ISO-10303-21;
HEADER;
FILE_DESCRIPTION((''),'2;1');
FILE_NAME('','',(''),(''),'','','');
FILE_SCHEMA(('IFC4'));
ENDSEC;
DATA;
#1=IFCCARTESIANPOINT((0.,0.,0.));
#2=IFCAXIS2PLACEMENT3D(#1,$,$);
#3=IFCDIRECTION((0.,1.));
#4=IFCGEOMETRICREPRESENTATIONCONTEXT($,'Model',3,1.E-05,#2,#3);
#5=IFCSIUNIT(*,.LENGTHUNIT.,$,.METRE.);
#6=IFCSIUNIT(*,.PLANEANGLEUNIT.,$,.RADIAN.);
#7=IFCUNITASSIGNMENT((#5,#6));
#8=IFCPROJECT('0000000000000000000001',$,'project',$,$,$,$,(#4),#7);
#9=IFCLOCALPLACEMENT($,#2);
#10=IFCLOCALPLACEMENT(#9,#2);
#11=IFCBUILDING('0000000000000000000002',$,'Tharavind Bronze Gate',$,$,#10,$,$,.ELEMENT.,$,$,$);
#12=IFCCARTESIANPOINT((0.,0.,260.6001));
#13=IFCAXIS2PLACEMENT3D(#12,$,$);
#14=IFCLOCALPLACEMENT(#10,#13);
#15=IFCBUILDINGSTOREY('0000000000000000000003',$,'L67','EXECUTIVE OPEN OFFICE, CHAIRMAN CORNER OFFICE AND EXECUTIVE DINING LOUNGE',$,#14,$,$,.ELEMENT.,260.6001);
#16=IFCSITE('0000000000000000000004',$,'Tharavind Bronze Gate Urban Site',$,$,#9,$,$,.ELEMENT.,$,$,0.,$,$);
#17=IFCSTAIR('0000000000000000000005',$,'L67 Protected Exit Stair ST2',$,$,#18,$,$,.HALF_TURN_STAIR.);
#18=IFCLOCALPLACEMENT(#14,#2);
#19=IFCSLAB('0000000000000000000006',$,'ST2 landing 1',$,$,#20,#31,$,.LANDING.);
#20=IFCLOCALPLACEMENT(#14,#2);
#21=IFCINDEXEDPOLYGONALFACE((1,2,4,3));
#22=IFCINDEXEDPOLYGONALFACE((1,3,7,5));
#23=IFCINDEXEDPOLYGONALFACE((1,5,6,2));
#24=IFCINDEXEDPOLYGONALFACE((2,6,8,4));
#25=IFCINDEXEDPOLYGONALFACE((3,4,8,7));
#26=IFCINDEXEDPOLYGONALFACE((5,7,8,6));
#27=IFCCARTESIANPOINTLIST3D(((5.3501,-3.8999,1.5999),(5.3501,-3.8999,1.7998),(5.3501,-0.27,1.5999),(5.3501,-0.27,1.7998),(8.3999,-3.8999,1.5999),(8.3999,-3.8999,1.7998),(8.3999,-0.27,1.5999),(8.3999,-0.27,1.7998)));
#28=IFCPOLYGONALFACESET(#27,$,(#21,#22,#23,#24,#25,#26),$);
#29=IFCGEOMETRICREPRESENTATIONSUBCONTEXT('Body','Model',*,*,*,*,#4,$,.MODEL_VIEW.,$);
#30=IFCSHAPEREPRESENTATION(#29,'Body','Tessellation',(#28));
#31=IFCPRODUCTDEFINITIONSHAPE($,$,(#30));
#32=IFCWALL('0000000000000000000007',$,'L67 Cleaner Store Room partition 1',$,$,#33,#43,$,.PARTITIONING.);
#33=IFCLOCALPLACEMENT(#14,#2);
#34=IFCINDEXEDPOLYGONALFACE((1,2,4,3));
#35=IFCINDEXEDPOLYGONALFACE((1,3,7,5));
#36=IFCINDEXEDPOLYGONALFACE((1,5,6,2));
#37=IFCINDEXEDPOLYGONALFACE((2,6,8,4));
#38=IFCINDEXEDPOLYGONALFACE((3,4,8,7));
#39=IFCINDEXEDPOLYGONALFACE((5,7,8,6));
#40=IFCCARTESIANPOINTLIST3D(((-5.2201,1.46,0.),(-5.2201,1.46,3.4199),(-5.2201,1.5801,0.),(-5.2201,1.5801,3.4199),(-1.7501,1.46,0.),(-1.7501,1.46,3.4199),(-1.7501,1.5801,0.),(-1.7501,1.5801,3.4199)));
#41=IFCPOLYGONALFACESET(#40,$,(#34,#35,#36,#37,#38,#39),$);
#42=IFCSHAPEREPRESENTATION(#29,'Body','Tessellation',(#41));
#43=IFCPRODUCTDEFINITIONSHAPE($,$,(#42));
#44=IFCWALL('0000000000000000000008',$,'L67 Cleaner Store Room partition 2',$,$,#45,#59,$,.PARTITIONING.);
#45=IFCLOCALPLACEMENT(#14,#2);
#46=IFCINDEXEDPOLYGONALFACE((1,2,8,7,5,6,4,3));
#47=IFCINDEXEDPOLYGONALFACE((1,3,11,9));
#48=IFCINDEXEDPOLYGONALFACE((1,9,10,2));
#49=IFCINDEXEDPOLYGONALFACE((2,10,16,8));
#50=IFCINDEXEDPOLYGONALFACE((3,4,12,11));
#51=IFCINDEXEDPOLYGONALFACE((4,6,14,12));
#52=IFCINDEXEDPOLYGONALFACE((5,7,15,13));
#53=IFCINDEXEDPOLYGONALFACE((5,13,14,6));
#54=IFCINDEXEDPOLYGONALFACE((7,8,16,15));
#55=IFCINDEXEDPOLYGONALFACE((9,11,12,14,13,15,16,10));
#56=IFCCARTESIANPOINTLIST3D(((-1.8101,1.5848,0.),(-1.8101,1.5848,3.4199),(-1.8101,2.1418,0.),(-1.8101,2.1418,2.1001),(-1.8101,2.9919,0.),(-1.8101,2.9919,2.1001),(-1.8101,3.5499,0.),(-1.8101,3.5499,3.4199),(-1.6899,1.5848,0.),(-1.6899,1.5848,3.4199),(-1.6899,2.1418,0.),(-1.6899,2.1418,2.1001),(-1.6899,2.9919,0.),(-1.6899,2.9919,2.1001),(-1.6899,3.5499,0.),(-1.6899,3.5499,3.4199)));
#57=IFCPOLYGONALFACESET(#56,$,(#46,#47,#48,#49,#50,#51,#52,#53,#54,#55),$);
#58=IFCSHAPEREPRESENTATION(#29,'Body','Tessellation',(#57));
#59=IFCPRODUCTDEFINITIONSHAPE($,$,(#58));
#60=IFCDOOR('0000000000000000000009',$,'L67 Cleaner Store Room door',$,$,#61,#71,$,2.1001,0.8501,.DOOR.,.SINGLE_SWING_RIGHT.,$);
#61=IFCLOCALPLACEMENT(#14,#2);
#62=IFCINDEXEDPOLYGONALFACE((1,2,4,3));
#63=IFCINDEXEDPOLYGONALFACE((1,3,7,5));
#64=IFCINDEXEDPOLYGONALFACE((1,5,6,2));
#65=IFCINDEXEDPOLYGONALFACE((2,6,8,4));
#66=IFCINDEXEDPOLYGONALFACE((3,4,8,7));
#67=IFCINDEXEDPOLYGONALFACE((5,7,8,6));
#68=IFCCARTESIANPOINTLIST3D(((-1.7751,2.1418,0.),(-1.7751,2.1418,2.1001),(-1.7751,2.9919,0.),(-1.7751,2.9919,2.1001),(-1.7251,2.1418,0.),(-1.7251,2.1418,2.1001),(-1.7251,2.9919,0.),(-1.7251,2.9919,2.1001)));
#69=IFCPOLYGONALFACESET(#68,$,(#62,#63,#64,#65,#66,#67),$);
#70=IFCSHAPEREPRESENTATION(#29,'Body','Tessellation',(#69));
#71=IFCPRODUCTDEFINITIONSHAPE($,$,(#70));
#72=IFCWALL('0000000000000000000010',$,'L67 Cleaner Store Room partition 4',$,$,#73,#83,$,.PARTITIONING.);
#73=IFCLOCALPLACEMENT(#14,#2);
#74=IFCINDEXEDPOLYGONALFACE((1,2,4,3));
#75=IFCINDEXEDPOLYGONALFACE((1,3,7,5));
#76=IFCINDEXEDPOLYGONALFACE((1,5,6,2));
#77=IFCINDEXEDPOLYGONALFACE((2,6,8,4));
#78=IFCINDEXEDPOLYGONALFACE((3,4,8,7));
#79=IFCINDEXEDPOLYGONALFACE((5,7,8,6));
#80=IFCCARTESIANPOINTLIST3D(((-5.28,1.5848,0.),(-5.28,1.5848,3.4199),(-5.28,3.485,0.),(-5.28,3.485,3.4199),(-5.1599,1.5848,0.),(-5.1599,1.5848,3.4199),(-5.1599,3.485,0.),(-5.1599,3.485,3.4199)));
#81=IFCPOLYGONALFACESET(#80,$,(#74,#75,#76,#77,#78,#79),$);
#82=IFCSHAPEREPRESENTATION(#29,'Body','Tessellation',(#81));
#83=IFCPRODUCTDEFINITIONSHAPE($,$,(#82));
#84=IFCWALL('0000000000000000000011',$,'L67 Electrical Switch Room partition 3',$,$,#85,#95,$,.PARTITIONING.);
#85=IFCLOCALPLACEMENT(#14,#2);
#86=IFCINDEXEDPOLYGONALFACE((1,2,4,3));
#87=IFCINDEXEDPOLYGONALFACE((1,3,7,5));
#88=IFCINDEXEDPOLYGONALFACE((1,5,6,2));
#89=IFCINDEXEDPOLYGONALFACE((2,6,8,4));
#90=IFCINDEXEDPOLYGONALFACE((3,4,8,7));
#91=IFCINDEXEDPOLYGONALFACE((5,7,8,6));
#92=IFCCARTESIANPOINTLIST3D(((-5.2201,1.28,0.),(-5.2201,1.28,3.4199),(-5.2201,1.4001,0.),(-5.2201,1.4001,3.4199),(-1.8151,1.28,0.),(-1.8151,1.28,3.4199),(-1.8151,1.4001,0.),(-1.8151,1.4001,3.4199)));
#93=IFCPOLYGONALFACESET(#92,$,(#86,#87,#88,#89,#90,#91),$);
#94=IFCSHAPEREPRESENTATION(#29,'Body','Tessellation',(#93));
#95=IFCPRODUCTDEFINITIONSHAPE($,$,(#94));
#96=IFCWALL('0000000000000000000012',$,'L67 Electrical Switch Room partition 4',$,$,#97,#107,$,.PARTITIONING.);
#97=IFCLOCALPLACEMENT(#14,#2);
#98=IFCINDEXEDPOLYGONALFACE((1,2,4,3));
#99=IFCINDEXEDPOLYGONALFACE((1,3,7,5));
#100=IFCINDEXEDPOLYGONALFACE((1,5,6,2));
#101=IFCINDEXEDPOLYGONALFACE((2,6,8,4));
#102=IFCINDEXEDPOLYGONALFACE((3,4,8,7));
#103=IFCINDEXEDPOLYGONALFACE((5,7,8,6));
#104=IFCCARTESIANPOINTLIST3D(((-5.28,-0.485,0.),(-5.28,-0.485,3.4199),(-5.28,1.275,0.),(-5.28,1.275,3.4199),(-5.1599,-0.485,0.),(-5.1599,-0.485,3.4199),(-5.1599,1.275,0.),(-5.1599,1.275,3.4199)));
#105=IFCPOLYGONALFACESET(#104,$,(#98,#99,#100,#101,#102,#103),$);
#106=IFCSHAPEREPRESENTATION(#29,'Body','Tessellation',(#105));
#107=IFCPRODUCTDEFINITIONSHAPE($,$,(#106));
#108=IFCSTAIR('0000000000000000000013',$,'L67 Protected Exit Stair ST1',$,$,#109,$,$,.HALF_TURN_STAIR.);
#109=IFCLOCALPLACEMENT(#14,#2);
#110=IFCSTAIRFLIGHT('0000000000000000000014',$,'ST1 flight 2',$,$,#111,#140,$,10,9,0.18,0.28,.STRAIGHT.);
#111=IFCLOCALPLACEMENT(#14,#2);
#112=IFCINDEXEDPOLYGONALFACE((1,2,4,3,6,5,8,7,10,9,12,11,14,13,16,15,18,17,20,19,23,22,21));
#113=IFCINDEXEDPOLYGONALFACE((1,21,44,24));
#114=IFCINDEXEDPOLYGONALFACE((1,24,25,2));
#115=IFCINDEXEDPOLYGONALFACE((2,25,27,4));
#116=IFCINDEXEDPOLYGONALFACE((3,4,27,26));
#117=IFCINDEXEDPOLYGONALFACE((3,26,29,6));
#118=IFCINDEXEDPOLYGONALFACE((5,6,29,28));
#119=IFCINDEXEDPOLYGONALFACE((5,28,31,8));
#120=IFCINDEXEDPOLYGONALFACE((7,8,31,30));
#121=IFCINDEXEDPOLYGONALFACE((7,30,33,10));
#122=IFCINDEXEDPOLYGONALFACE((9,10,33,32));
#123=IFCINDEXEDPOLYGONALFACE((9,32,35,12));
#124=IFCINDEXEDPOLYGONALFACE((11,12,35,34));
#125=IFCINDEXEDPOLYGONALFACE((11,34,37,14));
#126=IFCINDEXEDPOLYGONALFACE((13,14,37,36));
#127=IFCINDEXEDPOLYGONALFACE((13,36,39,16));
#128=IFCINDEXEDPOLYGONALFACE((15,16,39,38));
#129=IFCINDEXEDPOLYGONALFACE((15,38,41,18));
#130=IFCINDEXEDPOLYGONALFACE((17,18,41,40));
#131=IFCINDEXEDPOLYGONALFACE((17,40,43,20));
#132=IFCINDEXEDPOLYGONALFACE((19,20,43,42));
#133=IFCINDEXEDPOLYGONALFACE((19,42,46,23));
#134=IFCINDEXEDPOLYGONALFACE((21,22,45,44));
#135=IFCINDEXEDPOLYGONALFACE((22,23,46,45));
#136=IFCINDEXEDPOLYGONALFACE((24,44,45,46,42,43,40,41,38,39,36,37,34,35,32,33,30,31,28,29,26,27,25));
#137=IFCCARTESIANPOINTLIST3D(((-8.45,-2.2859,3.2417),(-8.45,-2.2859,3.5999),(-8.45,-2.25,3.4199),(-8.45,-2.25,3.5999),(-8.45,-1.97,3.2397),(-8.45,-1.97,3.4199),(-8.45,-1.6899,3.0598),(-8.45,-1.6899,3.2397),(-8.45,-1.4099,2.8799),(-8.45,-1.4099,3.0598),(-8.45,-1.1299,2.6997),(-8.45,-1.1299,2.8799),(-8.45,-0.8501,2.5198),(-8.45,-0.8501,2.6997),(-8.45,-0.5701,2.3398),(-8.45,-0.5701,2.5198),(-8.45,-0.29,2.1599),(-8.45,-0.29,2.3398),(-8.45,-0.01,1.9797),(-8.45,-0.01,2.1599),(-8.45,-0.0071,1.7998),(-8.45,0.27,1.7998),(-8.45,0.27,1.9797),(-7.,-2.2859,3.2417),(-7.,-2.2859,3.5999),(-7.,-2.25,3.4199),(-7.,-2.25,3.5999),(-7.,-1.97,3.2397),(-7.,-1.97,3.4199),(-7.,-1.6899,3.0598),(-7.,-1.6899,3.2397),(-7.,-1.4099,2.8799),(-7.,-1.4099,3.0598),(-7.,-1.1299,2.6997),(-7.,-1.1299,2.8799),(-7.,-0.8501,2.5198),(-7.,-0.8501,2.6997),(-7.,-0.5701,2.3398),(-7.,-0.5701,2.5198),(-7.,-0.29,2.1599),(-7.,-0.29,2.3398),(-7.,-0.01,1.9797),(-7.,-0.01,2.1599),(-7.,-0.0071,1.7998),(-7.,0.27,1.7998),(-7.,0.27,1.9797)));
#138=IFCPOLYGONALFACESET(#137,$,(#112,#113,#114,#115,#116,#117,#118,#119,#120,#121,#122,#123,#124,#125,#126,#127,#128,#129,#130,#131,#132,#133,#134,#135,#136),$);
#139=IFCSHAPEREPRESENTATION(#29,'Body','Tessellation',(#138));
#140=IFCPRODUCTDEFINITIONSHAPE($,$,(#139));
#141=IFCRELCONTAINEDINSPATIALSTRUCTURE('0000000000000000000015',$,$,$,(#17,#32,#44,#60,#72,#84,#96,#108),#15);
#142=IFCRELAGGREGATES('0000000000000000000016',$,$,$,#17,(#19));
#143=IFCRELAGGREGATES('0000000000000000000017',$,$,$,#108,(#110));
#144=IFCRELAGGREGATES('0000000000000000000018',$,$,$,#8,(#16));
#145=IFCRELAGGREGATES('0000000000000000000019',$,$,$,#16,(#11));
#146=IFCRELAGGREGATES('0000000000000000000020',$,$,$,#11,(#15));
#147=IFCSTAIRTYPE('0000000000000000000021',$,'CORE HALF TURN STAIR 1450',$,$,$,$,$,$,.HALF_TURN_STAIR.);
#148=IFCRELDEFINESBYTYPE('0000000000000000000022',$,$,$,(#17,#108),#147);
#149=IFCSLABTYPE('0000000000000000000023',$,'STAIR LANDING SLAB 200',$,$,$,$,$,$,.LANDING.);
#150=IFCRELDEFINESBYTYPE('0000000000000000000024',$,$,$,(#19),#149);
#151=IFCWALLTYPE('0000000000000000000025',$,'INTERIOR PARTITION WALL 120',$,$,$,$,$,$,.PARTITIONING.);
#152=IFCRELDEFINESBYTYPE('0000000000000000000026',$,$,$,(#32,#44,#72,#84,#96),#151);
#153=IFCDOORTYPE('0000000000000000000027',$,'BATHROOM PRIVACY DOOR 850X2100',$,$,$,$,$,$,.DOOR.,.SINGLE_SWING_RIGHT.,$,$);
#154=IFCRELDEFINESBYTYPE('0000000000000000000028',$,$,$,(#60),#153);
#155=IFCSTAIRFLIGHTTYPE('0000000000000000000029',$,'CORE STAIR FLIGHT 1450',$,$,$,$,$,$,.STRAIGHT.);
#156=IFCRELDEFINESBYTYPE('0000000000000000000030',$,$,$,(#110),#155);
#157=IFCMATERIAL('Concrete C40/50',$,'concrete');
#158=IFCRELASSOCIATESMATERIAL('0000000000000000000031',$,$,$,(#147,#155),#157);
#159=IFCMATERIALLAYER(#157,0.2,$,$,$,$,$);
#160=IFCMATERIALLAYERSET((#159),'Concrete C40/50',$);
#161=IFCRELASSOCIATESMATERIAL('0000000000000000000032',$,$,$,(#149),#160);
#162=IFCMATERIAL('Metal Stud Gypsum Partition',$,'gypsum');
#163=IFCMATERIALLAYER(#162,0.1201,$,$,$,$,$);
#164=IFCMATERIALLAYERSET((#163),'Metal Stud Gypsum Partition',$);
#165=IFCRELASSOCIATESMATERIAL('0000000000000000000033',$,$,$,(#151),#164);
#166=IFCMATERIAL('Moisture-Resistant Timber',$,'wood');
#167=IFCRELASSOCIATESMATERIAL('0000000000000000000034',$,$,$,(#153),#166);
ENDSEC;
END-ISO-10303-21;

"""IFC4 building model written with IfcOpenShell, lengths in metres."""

from ifc_helpers import new_model, si_unit, direction, frame, frame_2d, origin, place, context, subcontext, project, spatial, polyline, rectangle, outline, extrude, material, layer, layer_set, type_object, element, fill, aggregate, save


model = new_model("IFC4")

# Units and contexts
model_context = context("Model", 3, precision=1e-05, world=origin(), true_north=direction((0.0, 1.0)))
body_context = subcontext(model_context, "Body", "Model", "MODEL_VIEW")
ifc_project = project(units=[si_unit("LENGTHUNIT", "METRE"), si_unit("PLANEANGLEUNIT", "RADIAN")], contexts=[model_context])

# Site, building, storey
site_placement = place(None, origin())
site = spatial("IfcSite", under=ifc_project, at=site_placement, Name="Tharavind Bronze Gate Urban Site", CompositionType="ELEMENT", RefElevation=0.0)
building_placement = place(site_placement, origin())
building = spatial("IfcBuilding", under=site, at=building_placement, Name="Tharavind Bronze Gate", CompositionType="ELEMENT")
storey_placement = place(building_placement, frame((0.0, 0.0, 260.6001)))
storey = spatial("IfcBuildingStorey", under=building, at=storey_placement, Name="L67", Description="EXECUTIVE OPEN OFFICE, CHAIRMAN CORNER OFFICE AND EXECUTIVE DINING LOUNGE", CompositionType="ELEMENT", Elevation=260.6001)

# Stair, slab
ifc_material_1 = material(Name="Concrete C40/50", Category="concrete")
stair_type = type_object("IfcStairType", Name="CORE HALF TURN STAIR 1450", PredefinedType="HALF_TURN_STAIR", material=ifc_material_1)
stair_1_placement = place(storey_placement, origin())
stair_1 = element("IfcStair", 1, at=stair_1_placement, inside=storey, type_object=stair_type, Name="L67 Protected Exit Stair ST2", PredefinedType="HALF_TURN_STAIR")
ifc_layer_1 = layer(ifc_material_1, 0.2)
ifc_layer_set_1 = layer_set([ifc_layer_1], Name="Concrete C40/50")
slab_type = type_object("IfcSlabType", Name="STAIR LANDING SLAB 200", PredefinedType="LANDING", material=ifc_layer_set_1)
slab_placement = place(storey_placement, frame((0.0, 0.0, 1.5999)))
slab = element("IfcSlab", 2, at=slab_placement, type_object=slab_type, Name="ST2 landing 1", PredefinedType="LANDING", context=body_context, shape_type="SweptSolid", body=[
    extrude(outline(polyline([(5.3501, -0.27), (5.3501, -3.8999), (8.3999, -3.8999), (8.3999, -0.27), (5.3501, -0.27)])), origin(), (0.0, 0.0, 1.0), 0.2),
])
aggregate(stair_1, [slab])

# Wall
ifc_material_2 = material(Name="Metal Stud Gypsum Partition", Category="gypsum")
ifc_layer_2 = layer(ifc_material_2, 0.1201)
ifc_layer_set_2 = layer_set([ifc_layer_2], Name="Metal Stud Gypsum Partition")
wall_type = type_object("IfcWallType", Name="INTERIOR PARTITION WALL 120", PredefinedType="PARTITIONING", material=ifc_layer_set_2)
wall_1_placement = place(storey_placement, frame((-5.22, 1.52, 0.0), z_axis=(0.0, 0.0, 1.0), x_axis=(1.0, 0.0, 0.0)))
element("IfcWall", 3, at=wall_1_placement, inside=storey, type_object=wall_type, Name="L67 Cleaner Store Room partition 1", PredefinedType="PARTITIONING", context=body_context, shape_type="SweptSolid", body=[
    extrude(rectangle(XDim=3.47, YDim=0.1201, at=frame_2d((1.7349, 0.0))), origin(), (0.0, 0.0, 1.0), 3.4199),
])

# Wall, opening, door
wall_2_placement = place(storey_placement, frame((-1.75, 1.585, 0.0), z_axis=(0.0, 0.0, 1.0), x_axis=(0.0, 1.0, 0.0)))
wall_2 = element("IfcWall", 4, at=wall_2_placement, inside=storey, type_object=wall_type, Name="L67 Cleaner Store Room partition 2", PredefinedType="PARTITIONING", context=body_context, shape_type="SweptSolid", body=[
    extrude(rectangle(XDim=1.9651, YDim=0.1201, at=frame_2d((0.9824, 0.0))), origin(), (0.0, 0.0, 1.0), 3.4199),
])
opening_placement = place(wall_2_placement, frame((0.5569, 0.0, 0.0)))
opening = element("IfcOpeningElement", 5, at=opening_placement, cuts=wall_2, PredefinedType="OPENING", context=body_context, shape_type="SweptSolid", body=[
    extrude(rectangle(XDim=0.8501, YDim=2.1001, at=frame_2d((0.425, 1.05))), frame((0.0, 0.0701, 0.0), z_axis=(0.0, -1.0, 0.0), x_axis=(1.0, 0.0, 0.0)), (0.0, 0.0, 1.0), 0.1401),
])
ifc_material_3 = material(Name="Moisture-Resistant Timber", Category="wood")
door_type = type_object("IfcDoorType", Name="BATHROOM PRIVACY DOOR 850X2100", OperationType="SINGLE_SWING_RIGHT", PredefinedType="DOOR", material=ifc_material_3)
door_placement = place(opening_placement, frame((0.8501, 0.0, 0.0), z_axis=(0.0, 0.0, 1.0), x_axis=(-1.0, 0.0, 0.0)))
door = element("IfcDoor", 6, at=door_placement, inside=storey, type_object=door_type, Name="L67 Cleaner Store Room door", OperationType="SINGLE_SWING_RIGHT", OverallHeight=2.1001, OverallWidth=0.8501, PredefinedType="DOOR", context=body_context, shape_type="SweptSolid", body=[
    extrude(rectangle(XDim=0.8501, YDim=2.1001, at=frame_2d((0.425, 1.05))), frame((0.0, 0.0249, 0.0), z_axis=(0.0, -1.0, 0.0), x_axis=(1.0, 0.0, 0.0)), (0.0, 0.0, 1.0), 0.05),
])
fill(opening, door)

# Walls
wall_3_placement = place(storey_placement, frame((-5.22, 3.4851, 0.0), z_axis=(0.0, 0.0, 1.0), x_axis=(0.0, -1.0, 0.0)))
element("IfcWall", 7, at=wall_3_placement, inside=storey, type_object=wall_type, Name="L67 Cleaner Store Room partition 4", PredefinedType="PARTITIONING", context=body_context, shape_type="SweptSolid", body=[
    extrude(rectangle(XDim=1.9001, YDim=0.1201, at=frame_2d((0.9502, 0.0))), origin(), (0.0, 0.0, 1.0), 3.4199),
])
wall_4_placement = place(storey_placement, frame((-1.8149, 1.3401, 0.0), z_axis=(0.0, 0.0, 1.0), x_axis=(-1.0, 0.0, 0.0)))
element("IfcWall", 8, at=wall_4_placement, inside=storey, type_object=wall_type, Name="L67 Electrical Switch Room partition 3", PredefinedType="PARTITIONING", context=body_context, shape_type="SweptSolid", body=[
    extrude(rectangle(XDim=3.405, YDim=0.1201, at=frame_2d((1.7026, 0.0))), origin(), (0.0, 0.0, 1.0), 3.4199),
])
wall_5_placement = place(storey_placement, frame((-5.22, 1.2749, 0.0), z_axis=(0.0, 0.0, 1.0), x_axis=(0.0, -1.0, 0.0)))
element("IfcWall", 9, at=wall_5_placement, inside=storey, type_object=wall_type, Name="L67 Electrical Switch Room partition 4", PredefinedType="PARTITIONING", context=body_context, shape_type="SweptSolid", body=[
    extrude(rectangle(XDim=1.76, YDim=0.1201, at=frame_2d((0.8799, 0.0))), origin(), (0.0, 0.0, 1.0), 3.4199),
])

# Stair, stair flight
stair_2_placement = place(storey_placement, origin())
stair_2 = element("IfcStair", 10, at=stair_2_placement, inside=storey, type_object=stair_type, Name="L67 Protected Exit Stair ST1", PredefinedType="HALF_TURN_STAIR")
stair_flight_type = type_object("IfcStairFlightType", Name="CORE STAIR FLIGHT 1450", PredefinedType="STRAIGHT", material=ifc_material_1)
stair_flight_placement = place(storey_placement, frame((-7.7251, 0.27, 1.7998), z_axis=(0.0, 0.0, 1.0), x_axis=(0.0, -1.0, 0.0)))
stair_flight = element("IfcStairFlight", 11, at=stair_flight_placement, type_object=stair_flight_type, Name="ST1 flight 2", NumberOfRisers=10, NumberOfTreads=9, PredefinedType="STRAIGHT", RiserHeight=0.18, TreadLength=0.28, context=body_context, shape_type="SweptSolid", body=[
    extrude(outline(polyline([(0.0, 0.0), (0.0, 0.1799), (0.28, 0.1799), (0.28, 0.3601), (0.5601, 0.3601), (0.5601, 0.54), (0.8401, 0.54), (0.8401, 0.72), (1.1201, 0.72), (1.1201, 0.8999), (1.3999, 0.8999), (1.3999, 1.0801), (1.6799, 1.0801), (1.6799, 1.26), (1.96, 1.26), (1.96, 1.4399), (2.24, 1.4399), (2.24, 1.6201), (2.52, 1.6201), (2.52, 1.8), (2.5559, 1.8), (2.5559, 1.4419), (0.2771, 0.0), (0.0, 0.0)])), frame((0.0, 0.7251, 0.0), z_axis=(0.0, -1.0, 0.0), x_axis=(1.0, 0.0, 0.0)), (0.0, 0.0, 1.0), 1.45),
])
aggregate(stair_2, [stair_flight])

save(model, "model.ifc")
